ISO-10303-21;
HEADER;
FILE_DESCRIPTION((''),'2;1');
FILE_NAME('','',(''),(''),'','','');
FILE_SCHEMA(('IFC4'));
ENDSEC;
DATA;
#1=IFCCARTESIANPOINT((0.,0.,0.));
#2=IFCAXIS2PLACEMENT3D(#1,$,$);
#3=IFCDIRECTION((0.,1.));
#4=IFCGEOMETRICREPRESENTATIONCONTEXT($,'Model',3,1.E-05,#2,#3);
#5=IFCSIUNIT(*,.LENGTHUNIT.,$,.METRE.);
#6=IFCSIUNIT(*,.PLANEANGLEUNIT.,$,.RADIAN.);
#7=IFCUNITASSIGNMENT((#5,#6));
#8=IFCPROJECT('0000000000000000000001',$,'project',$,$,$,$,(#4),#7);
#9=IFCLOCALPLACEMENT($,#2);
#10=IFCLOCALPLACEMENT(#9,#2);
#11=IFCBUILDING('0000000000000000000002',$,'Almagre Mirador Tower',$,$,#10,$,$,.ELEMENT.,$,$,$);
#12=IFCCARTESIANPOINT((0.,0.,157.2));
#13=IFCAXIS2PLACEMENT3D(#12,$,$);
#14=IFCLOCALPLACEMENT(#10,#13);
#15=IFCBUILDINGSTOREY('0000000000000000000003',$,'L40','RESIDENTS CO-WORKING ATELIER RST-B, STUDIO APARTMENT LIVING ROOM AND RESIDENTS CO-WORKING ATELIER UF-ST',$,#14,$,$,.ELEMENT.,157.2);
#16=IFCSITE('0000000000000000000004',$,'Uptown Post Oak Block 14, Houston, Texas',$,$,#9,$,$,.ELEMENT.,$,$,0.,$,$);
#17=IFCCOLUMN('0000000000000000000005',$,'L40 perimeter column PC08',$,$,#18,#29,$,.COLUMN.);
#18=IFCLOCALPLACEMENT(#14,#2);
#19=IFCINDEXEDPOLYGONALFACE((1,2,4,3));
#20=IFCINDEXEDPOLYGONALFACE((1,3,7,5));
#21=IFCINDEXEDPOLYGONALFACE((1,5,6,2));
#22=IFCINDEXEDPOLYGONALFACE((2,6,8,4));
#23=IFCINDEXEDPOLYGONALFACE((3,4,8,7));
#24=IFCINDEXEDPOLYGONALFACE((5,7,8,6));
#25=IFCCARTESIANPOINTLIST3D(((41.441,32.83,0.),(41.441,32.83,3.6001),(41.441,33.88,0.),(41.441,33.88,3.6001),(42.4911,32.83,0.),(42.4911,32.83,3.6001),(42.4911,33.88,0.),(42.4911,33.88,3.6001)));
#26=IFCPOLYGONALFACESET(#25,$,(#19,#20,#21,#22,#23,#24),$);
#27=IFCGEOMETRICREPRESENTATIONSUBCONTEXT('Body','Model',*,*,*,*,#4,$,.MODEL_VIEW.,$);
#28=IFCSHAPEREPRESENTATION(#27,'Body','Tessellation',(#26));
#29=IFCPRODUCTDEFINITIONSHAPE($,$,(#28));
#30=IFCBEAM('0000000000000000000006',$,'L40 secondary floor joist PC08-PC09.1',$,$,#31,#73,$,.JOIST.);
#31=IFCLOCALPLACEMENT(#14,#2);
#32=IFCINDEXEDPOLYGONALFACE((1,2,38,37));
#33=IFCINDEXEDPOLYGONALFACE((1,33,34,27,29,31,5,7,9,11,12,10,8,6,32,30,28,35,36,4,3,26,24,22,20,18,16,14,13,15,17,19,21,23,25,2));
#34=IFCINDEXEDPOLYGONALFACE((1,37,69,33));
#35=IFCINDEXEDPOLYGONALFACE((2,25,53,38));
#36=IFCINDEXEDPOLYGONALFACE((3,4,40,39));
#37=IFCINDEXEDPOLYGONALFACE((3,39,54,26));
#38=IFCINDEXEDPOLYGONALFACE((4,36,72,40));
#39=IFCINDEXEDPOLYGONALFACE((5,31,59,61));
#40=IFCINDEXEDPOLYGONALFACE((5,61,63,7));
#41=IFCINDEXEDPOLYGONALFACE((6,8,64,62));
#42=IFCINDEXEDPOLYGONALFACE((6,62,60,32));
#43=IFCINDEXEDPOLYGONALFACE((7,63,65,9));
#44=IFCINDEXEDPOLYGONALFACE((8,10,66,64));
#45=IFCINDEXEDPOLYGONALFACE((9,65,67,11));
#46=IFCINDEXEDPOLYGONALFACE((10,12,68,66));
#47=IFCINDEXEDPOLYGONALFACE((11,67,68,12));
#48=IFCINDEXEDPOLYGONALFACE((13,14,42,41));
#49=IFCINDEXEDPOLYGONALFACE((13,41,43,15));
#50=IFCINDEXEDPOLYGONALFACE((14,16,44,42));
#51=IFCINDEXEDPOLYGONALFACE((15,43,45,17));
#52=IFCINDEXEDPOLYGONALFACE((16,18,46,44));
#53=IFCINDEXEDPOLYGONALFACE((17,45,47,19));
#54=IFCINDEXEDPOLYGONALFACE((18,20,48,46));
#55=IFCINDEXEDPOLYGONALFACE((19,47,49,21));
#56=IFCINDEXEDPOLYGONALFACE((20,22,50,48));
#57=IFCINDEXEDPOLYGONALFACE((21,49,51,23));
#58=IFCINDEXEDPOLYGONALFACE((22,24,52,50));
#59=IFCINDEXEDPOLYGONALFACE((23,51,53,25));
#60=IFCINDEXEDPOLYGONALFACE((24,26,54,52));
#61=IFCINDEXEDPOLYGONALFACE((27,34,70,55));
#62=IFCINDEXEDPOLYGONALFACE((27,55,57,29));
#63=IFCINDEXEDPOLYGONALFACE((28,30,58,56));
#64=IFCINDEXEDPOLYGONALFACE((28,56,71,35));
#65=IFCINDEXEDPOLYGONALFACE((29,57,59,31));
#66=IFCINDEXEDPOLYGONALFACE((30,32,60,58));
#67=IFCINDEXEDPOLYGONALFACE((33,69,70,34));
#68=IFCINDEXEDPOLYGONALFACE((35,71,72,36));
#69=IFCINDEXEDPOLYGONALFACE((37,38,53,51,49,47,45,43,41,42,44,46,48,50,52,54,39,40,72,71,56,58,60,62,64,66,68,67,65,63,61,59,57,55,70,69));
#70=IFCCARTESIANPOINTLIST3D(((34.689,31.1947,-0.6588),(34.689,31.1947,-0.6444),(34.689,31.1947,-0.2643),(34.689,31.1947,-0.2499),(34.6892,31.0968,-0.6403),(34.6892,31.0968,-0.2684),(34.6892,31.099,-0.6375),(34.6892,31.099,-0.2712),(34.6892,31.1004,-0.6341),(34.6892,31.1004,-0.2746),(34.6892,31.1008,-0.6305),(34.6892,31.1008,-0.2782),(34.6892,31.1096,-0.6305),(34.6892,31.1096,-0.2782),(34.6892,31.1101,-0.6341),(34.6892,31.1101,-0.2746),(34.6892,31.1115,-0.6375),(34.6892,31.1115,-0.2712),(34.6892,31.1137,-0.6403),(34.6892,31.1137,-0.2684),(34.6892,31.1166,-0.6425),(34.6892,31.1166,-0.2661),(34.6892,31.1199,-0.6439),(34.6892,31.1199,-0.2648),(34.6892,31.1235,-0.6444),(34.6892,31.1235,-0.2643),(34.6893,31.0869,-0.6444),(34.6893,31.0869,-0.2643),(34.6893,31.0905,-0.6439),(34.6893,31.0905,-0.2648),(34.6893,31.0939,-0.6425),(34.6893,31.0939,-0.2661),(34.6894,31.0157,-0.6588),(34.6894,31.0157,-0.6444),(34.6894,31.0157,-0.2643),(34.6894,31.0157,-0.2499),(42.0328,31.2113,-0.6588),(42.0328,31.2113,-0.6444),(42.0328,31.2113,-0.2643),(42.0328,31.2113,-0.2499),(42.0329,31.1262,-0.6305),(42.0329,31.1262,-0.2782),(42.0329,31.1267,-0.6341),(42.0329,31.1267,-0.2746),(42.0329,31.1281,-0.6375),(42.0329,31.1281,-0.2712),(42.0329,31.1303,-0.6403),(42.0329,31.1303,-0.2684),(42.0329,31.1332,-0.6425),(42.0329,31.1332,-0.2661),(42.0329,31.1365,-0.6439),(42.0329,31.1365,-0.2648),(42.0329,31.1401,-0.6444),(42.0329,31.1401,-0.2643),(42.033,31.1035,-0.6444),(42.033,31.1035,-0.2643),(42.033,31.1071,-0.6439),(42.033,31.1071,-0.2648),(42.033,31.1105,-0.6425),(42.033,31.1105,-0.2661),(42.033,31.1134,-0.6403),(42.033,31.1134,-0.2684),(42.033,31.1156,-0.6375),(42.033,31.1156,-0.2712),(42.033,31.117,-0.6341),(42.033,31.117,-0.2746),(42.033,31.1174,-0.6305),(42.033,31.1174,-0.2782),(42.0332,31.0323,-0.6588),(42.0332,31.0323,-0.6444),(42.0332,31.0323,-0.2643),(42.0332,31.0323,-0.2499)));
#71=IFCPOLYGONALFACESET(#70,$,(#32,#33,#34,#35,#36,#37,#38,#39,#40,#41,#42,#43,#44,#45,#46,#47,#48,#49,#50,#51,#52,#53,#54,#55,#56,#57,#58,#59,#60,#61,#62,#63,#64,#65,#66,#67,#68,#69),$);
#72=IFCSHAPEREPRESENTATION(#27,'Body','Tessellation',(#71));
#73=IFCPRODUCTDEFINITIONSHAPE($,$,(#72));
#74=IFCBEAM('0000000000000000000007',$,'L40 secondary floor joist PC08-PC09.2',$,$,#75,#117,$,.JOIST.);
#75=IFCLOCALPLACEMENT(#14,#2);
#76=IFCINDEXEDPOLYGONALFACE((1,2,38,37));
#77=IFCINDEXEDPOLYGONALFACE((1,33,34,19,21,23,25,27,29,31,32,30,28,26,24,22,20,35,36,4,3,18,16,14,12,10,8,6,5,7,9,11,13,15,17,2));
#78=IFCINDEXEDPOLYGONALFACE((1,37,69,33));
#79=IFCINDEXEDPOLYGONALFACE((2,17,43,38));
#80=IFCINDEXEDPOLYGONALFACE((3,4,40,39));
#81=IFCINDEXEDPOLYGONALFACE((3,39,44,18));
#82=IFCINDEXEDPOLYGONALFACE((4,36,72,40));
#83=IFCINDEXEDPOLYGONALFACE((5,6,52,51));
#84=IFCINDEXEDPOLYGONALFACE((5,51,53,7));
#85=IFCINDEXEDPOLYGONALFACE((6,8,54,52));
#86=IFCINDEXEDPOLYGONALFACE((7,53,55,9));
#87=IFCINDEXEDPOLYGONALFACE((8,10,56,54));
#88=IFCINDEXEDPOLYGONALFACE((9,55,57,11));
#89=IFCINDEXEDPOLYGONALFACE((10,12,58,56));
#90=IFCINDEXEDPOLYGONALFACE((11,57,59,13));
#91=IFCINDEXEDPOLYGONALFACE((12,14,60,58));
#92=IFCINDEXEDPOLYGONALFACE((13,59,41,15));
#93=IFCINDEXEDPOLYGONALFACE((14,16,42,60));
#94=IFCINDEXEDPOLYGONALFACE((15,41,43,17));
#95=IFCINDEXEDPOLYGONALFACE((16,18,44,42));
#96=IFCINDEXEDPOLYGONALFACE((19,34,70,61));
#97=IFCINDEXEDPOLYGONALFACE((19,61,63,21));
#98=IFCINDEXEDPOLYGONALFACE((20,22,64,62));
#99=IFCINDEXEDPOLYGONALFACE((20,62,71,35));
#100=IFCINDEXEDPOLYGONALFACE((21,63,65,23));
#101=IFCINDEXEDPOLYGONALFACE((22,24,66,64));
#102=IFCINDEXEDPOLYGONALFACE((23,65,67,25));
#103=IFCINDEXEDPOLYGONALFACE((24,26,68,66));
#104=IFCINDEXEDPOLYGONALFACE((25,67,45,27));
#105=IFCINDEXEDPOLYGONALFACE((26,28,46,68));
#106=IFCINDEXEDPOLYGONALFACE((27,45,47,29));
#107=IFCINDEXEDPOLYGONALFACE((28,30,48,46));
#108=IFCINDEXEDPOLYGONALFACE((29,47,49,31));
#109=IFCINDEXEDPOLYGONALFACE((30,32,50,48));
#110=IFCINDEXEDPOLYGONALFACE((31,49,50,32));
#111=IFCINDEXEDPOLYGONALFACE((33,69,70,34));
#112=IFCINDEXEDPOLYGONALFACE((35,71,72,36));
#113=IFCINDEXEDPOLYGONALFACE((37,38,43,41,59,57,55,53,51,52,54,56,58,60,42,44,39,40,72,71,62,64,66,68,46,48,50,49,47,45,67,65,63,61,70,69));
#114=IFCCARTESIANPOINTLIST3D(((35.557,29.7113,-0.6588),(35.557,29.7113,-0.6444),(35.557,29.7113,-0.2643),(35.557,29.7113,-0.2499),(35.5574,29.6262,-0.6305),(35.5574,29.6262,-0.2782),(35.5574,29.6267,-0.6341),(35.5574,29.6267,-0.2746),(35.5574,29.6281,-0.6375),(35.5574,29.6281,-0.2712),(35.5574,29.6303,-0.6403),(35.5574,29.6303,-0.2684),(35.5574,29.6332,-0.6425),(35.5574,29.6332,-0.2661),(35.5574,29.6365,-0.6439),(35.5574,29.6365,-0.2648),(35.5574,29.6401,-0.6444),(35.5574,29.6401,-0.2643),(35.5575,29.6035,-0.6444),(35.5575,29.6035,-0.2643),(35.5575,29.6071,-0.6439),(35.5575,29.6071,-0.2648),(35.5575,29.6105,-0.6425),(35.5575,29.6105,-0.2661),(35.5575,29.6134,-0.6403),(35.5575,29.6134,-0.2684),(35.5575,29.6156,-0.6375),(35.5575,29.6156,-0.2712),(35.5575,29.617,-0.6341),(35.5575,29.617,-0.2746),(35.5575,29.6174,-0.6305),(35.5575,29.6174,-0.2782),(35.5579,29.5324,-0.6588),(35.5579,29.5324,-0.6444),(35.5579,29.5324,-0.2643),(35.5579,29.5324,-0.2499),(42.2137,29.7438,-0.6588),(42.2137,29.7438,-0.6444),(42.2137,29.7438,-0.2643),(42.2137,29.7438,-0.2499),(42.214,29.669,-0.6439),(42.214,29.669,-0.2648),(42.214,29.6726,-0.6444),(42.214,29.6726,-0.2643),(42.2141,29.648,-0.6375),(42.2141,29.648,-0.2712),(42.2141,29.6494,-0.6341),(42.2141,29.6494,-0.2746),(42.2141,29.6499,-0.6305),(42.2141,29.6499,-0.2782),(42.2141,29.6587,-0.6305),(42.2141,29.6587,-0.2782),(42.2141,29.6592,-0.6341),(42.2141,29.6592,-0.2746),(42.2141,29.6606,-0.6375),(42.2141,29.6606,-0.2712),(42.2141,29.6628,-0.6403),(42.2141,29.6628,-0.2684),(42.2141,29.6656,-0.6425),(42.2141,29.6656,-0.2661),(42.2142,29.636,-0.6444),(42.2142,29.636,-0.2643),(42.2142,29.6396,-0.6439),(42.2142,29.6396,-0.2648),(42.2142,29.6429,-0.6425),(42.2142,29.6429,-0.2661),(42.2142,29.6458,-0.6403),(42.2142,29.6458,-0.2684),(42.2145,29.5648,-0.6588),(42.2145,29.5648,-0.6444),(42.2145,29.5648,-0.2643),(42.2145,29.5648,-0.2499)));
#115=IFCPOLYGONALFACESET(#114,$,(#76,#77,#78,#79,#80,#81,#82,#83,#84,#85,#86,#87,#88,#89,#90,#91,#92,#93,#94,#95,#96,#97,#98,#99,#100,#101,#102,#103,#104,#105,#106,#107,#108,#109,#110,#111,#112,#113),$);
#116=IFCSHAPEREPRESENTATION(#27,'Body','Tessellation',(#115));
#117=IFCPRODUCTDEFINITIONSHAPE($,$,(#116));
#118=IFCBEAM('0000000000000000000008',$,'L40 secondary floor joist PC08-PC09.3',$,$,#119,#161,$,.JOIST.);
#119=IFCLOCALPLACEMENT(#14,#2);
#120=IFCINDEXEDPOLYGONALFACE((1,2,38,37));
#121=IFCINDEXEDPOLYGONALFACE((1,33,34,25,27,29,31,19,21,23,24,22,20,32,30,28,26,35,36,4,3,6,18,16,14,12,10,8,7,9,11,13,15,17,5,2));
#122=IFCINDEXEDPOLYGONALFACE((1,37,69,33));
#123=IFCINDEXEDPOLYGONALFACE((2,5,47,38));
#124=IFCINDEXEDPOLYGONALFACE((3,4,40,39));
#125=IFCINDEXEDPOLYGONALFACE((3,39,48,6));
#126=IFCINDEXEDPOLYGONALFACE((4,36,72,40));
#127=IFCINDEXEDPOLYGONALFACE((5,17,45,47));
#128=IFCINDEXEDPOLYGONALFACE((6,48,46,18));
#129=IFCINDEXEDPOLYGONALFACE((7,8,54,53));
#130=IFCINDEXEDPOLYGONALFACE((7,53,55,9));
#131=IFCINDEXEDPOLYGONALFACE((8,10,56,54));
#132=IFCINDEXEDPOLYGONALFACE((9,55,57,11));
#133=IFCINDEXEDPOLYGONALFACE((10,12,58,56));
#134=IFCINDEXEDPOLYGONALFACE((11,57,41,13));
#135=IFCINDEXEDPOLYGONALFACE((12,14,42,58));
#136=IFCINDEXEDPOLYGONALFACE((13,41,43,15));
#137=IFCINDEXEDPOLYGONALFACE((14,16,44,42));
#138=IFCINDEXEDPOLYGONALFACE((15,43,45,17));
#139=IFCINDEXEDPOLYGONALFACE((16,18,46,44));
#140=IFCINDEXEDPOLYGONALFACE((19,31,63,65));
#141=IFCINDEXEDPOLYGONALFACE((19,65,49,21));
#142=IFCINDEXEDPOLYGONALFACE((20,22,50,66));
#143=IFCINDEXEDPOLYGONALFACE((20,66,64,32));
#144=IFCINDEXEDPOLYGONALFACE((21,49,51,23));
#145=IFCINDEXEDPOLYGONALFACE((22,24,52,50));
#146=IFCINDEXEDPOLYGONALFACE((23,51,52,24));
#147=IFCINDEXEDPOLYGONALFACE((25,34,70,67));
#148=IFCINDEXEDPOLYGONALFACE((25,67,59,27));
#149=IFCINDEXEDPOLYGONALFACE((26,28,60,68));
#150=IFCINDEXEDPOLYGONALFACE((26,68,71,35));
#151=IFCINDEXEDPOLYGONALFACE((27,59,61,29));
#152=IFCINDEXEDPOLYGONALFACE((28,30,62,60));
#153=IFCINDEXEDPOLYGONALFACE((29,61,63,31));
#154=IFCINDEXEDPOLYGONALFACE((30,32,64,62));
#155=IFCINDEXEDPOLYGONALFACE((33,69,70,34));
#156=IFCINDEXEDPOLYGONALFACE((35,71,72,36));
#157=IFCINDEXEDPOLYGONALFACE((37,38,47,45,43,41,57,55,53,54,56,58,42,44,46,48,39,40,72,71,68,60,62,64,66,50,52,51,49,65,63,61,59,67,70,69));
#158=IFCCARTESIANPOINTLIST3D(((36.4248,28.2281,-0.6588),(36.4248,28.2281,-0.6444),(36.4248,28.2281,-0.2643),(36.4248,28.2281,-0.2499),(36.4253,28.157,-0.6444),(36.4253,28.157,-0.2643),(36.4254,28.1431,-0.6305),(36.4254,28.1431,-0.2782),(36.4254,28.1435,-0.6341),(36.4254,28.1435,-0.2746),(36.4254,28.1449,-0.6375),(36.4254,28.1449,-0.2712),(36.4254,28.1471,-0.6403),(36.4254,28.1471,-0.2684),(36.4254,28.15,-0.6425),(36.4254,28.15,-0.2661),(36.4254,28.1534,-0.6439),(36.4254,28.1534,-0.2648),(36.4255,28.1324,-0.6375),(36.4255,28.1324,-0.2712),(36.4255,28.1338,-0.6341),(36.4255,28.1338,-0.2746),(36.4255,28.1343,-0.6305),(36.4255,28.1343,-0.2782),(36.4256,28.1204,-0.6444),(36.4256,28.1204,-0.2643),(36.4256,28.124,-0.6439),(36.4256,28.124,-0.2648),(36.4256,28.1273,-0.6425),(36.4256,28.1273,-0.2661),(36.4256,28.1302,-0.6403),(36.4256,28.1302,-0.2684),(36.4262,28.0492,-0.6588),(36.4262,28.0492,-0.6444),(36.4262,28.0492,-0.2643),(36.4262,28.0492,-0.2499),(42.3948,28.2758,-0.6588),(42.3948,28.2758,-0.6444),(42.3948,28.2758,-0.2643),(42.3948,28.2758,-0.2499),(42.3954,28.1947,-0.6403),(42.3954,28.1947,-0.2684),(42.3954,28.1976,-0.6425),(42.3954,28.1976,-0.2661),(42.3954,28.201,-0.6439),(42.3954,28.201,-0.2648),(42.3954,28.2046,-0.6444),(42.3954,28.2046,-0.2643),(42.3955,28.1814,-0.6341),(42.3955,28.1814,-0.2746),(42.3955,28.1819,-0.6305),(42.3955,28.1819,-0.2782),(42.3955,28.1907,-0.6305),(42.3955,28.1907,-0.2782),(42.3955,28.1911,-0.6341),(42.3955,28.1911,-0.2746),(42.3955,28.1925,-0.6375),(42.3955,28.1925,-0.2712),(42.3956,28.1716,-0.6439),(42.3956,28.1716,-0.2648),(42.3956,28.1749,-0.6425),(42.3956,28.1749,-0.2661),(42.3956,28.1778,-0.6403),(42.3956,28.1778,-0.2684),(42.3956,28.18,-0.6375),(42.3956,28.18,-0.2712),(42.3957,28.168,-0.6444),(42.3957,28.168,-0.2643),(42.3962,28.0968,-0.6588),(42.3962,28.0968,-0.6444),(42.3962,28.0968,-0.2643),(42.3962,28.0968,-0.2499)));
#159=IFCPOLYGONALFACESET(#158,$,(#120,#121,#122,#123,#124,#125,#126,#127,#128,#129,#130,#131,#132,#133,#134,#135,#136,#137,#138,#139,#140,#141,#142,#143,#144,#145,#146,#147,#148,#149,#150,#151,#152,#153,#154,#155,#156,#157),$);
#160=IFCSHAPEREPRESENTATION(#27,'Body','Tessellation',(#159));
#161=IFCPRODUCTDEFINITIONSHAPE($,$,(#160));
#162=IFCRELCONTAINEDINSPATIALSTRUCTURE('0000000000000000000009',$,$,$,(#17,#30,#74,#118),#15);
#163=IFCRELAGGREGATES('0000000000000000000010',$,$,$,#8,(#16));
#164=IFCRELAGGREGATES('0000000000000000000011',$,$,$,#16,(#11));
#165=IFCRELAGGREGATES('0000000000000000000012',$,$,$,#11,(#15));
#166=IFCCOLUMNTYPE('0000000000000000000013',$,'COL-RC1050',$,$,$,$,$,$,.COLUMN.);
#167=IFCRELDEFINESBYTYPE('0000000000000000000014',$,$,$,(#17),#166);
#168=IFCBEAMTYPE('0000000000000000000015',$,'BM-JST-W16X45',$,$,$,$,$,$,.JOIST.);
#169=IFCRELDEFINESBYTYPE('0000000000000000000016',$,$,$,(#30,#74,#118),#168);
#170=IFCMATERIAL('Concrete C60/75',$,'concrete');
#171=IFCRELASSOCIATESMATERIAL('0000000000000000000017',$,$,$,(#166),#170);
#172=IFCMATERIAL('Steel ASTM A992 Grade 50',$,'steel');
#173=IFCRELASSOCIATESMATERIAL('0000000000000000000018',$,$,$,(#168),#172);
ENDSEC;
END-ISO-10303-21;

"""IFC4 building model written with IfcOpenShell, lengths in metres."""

from ifc_helpers import new_model, si_unit, direction, frame, origin, origin_2d, place, context, subcontext, project, spatial, rectangle, i_section, extrude, material, material_profile, profile_set, type_object, element, save


model = new_model("IFC4")

# Units and contexts
model_context = context("Model", 3, precision=1e-05, world=origin(), true_north=direction((0.0, 1.0)))
body_context = subcontext(model_context, "Body", "Model", "MODEL_VIEW")
ifc_project = project(units=[si_unit("LENGTHUNIT", "METRE"), si_unit("PLANEANGLEUNIT", "RADIAN")], contexts=[model_context])

# Site, building, storey
site_placement = place(None, origin())
site = spatial("IfcSite", under=ifc_project, at=site_placement, Name="Uptown Post Oak Block 14, Houston, Texas", CompositionType="ELEMENT", RefElevation=0.0)
building_placement = place(site_placement, origin())
building = spatial("IfcBuilding", under=site, at=building_placement, Name="Almagre Mirador Tower", CompositionType="ELEMENT")
storey_placement = place(building_placement, frame((0.0, 0.0, 157.2)))
storey = spatial("IfcBuildingStorey", under=building, at=storey_placement, Name="L40", Description="RESIDENTS CO-WORKING ATELIER RST-B, STUDIO APARTMENT LIVING ROOM AND RESIDENTS CO-WORKING ATELIER UF-ST", CompositionType="ELEMENT", Elevation=157.2)

# Column
ifc_material_1 = material(Name="Concrete C60/75", Category="concrete")
ifc_material_profile_1 = material_profile(ifc_material_1, rectangle(XDim=1.05, YDim=1.05, at=origin_2d()), Name="RC1050X1050")
ifc_profile_set_1 = profile_set([ifc_material_profile_1], Name="Concrete C60/75")
column_type = type_object("IfcColumnType", Name="COL-RC1050", PredefinedType="COLUMN", material=ifc_profile_set_1)
column_placement = place(storey_placement, frame((41.9661, 33.355, 0.0), z_axis=(0.0, 0.0, 1.0), x_axis=(1.0, 0.0, 0.0)))
element("IfcColumn", 1, at=column_placement, inside=storey, type_object=column_type, Name="L40 perimeter column PC08", PredefinedType="COLUMN", context=body_context, shape_type="SweptSolid", body=[
    extrude(rectangle(XDim=1.05, YDim=1.05, at=origin_2d()), origin(), (0.0, 0.0, 1.0), 3.6001),
])

# Beams
ifc_material_2 = material(Name="Steel ASTM A992 Grade 50", Category="steel")
ifc_material_profile_2 = material_profile(ifc_material_2, i_section(OverallWidth=0.179, OverallDepth=0.4089, WebThickness=0.0088, FlangeThickness=0.0144, FilletRadius=0.0139, at=origin_2d()), Name="W16X45")
ifc_profile_set_2 = profile_set([ifc_material_profile_2], Name="Steel ASTM A992 Grade 50")
beam_type_1 = type_object("IfcBeamType", Name="BM-JST-W16X45", PredefinedType="JOIST", material=ifc_profile_set_2)
beam_1_placement = place(storey_placement, frame((42.033, 31.1218, -0.4543), z_axis=(-0.999997, -0.002261, 0.0), x_axis=(0.002261, -0.999997, 0.0)))
element("IfcBeam", 2, at=beam_1_placement, inside=storey, type_object=beam_type_1, Name="L40 secondary floor joist PC08-PC09.1", PredefinedType="JOIST", context=body_context, shape_type="SweptSolid", body=[
    extrude(i_section(OverallWidth=0.179, OverallDepth=0.4089, WebThickness=0.0088, FlangeThickness=0.0144, FilletRadius=0.0139, at=origin_2d()), origin(), (0.0, 0.0, 1.0), 7.3438),
])
beam_2_placement = place(storey_placement, frame((42.2141, 29.6543, -0.4543), z_axis=(-0.999988, -0.004878, 0.0), x_axis=(0.004878, -0.999988, 0.0)))
element("IfcBeam", 3, at=beam_2_placement, inside=storey, type_object=beam_type_1, Name="L40 secondary floor joist PC08-PC09.2", PredefinedType="JOIST", context=body_context, shape_type="SweptSolid", body=[
    extrude(i_section(OverallWidth=0.179, OverallDepth=0.4089, WebThickness=0.0088, FlangeThickness=0.0144, FilletRadius=0.0139, at=origin_2d()), origin(), (0.0, 0.0, 1.0), 6.6567),
])
beam_3_placement = place(storey_placement, frame((42.3955, 28.1863, -0.4543), z_axis=(-0.999968, -0.007974, 0.0), x_axis=(0.007974, -0.999968, 0.0)))
element("IfcBeam", 4, at=beam_3_placement, inside=storey, type_object=beam_type_1, Name="L40 secondary floor joist PC08-PC09.3", PredefinedType="JOIST", context=body_context, shape_type="SweptSolid", body=[
    extrude(i_section(OverallWidth=0.179, OverallDepth=0.4089, WebThickness=0.0088, FlangeThickness=0.0144, FilletRadius=0.0139, at=origin_2d()), origin(), (0.0, 0.0, 1.0), 5.9702),
])

save(model, "model.ifc")
